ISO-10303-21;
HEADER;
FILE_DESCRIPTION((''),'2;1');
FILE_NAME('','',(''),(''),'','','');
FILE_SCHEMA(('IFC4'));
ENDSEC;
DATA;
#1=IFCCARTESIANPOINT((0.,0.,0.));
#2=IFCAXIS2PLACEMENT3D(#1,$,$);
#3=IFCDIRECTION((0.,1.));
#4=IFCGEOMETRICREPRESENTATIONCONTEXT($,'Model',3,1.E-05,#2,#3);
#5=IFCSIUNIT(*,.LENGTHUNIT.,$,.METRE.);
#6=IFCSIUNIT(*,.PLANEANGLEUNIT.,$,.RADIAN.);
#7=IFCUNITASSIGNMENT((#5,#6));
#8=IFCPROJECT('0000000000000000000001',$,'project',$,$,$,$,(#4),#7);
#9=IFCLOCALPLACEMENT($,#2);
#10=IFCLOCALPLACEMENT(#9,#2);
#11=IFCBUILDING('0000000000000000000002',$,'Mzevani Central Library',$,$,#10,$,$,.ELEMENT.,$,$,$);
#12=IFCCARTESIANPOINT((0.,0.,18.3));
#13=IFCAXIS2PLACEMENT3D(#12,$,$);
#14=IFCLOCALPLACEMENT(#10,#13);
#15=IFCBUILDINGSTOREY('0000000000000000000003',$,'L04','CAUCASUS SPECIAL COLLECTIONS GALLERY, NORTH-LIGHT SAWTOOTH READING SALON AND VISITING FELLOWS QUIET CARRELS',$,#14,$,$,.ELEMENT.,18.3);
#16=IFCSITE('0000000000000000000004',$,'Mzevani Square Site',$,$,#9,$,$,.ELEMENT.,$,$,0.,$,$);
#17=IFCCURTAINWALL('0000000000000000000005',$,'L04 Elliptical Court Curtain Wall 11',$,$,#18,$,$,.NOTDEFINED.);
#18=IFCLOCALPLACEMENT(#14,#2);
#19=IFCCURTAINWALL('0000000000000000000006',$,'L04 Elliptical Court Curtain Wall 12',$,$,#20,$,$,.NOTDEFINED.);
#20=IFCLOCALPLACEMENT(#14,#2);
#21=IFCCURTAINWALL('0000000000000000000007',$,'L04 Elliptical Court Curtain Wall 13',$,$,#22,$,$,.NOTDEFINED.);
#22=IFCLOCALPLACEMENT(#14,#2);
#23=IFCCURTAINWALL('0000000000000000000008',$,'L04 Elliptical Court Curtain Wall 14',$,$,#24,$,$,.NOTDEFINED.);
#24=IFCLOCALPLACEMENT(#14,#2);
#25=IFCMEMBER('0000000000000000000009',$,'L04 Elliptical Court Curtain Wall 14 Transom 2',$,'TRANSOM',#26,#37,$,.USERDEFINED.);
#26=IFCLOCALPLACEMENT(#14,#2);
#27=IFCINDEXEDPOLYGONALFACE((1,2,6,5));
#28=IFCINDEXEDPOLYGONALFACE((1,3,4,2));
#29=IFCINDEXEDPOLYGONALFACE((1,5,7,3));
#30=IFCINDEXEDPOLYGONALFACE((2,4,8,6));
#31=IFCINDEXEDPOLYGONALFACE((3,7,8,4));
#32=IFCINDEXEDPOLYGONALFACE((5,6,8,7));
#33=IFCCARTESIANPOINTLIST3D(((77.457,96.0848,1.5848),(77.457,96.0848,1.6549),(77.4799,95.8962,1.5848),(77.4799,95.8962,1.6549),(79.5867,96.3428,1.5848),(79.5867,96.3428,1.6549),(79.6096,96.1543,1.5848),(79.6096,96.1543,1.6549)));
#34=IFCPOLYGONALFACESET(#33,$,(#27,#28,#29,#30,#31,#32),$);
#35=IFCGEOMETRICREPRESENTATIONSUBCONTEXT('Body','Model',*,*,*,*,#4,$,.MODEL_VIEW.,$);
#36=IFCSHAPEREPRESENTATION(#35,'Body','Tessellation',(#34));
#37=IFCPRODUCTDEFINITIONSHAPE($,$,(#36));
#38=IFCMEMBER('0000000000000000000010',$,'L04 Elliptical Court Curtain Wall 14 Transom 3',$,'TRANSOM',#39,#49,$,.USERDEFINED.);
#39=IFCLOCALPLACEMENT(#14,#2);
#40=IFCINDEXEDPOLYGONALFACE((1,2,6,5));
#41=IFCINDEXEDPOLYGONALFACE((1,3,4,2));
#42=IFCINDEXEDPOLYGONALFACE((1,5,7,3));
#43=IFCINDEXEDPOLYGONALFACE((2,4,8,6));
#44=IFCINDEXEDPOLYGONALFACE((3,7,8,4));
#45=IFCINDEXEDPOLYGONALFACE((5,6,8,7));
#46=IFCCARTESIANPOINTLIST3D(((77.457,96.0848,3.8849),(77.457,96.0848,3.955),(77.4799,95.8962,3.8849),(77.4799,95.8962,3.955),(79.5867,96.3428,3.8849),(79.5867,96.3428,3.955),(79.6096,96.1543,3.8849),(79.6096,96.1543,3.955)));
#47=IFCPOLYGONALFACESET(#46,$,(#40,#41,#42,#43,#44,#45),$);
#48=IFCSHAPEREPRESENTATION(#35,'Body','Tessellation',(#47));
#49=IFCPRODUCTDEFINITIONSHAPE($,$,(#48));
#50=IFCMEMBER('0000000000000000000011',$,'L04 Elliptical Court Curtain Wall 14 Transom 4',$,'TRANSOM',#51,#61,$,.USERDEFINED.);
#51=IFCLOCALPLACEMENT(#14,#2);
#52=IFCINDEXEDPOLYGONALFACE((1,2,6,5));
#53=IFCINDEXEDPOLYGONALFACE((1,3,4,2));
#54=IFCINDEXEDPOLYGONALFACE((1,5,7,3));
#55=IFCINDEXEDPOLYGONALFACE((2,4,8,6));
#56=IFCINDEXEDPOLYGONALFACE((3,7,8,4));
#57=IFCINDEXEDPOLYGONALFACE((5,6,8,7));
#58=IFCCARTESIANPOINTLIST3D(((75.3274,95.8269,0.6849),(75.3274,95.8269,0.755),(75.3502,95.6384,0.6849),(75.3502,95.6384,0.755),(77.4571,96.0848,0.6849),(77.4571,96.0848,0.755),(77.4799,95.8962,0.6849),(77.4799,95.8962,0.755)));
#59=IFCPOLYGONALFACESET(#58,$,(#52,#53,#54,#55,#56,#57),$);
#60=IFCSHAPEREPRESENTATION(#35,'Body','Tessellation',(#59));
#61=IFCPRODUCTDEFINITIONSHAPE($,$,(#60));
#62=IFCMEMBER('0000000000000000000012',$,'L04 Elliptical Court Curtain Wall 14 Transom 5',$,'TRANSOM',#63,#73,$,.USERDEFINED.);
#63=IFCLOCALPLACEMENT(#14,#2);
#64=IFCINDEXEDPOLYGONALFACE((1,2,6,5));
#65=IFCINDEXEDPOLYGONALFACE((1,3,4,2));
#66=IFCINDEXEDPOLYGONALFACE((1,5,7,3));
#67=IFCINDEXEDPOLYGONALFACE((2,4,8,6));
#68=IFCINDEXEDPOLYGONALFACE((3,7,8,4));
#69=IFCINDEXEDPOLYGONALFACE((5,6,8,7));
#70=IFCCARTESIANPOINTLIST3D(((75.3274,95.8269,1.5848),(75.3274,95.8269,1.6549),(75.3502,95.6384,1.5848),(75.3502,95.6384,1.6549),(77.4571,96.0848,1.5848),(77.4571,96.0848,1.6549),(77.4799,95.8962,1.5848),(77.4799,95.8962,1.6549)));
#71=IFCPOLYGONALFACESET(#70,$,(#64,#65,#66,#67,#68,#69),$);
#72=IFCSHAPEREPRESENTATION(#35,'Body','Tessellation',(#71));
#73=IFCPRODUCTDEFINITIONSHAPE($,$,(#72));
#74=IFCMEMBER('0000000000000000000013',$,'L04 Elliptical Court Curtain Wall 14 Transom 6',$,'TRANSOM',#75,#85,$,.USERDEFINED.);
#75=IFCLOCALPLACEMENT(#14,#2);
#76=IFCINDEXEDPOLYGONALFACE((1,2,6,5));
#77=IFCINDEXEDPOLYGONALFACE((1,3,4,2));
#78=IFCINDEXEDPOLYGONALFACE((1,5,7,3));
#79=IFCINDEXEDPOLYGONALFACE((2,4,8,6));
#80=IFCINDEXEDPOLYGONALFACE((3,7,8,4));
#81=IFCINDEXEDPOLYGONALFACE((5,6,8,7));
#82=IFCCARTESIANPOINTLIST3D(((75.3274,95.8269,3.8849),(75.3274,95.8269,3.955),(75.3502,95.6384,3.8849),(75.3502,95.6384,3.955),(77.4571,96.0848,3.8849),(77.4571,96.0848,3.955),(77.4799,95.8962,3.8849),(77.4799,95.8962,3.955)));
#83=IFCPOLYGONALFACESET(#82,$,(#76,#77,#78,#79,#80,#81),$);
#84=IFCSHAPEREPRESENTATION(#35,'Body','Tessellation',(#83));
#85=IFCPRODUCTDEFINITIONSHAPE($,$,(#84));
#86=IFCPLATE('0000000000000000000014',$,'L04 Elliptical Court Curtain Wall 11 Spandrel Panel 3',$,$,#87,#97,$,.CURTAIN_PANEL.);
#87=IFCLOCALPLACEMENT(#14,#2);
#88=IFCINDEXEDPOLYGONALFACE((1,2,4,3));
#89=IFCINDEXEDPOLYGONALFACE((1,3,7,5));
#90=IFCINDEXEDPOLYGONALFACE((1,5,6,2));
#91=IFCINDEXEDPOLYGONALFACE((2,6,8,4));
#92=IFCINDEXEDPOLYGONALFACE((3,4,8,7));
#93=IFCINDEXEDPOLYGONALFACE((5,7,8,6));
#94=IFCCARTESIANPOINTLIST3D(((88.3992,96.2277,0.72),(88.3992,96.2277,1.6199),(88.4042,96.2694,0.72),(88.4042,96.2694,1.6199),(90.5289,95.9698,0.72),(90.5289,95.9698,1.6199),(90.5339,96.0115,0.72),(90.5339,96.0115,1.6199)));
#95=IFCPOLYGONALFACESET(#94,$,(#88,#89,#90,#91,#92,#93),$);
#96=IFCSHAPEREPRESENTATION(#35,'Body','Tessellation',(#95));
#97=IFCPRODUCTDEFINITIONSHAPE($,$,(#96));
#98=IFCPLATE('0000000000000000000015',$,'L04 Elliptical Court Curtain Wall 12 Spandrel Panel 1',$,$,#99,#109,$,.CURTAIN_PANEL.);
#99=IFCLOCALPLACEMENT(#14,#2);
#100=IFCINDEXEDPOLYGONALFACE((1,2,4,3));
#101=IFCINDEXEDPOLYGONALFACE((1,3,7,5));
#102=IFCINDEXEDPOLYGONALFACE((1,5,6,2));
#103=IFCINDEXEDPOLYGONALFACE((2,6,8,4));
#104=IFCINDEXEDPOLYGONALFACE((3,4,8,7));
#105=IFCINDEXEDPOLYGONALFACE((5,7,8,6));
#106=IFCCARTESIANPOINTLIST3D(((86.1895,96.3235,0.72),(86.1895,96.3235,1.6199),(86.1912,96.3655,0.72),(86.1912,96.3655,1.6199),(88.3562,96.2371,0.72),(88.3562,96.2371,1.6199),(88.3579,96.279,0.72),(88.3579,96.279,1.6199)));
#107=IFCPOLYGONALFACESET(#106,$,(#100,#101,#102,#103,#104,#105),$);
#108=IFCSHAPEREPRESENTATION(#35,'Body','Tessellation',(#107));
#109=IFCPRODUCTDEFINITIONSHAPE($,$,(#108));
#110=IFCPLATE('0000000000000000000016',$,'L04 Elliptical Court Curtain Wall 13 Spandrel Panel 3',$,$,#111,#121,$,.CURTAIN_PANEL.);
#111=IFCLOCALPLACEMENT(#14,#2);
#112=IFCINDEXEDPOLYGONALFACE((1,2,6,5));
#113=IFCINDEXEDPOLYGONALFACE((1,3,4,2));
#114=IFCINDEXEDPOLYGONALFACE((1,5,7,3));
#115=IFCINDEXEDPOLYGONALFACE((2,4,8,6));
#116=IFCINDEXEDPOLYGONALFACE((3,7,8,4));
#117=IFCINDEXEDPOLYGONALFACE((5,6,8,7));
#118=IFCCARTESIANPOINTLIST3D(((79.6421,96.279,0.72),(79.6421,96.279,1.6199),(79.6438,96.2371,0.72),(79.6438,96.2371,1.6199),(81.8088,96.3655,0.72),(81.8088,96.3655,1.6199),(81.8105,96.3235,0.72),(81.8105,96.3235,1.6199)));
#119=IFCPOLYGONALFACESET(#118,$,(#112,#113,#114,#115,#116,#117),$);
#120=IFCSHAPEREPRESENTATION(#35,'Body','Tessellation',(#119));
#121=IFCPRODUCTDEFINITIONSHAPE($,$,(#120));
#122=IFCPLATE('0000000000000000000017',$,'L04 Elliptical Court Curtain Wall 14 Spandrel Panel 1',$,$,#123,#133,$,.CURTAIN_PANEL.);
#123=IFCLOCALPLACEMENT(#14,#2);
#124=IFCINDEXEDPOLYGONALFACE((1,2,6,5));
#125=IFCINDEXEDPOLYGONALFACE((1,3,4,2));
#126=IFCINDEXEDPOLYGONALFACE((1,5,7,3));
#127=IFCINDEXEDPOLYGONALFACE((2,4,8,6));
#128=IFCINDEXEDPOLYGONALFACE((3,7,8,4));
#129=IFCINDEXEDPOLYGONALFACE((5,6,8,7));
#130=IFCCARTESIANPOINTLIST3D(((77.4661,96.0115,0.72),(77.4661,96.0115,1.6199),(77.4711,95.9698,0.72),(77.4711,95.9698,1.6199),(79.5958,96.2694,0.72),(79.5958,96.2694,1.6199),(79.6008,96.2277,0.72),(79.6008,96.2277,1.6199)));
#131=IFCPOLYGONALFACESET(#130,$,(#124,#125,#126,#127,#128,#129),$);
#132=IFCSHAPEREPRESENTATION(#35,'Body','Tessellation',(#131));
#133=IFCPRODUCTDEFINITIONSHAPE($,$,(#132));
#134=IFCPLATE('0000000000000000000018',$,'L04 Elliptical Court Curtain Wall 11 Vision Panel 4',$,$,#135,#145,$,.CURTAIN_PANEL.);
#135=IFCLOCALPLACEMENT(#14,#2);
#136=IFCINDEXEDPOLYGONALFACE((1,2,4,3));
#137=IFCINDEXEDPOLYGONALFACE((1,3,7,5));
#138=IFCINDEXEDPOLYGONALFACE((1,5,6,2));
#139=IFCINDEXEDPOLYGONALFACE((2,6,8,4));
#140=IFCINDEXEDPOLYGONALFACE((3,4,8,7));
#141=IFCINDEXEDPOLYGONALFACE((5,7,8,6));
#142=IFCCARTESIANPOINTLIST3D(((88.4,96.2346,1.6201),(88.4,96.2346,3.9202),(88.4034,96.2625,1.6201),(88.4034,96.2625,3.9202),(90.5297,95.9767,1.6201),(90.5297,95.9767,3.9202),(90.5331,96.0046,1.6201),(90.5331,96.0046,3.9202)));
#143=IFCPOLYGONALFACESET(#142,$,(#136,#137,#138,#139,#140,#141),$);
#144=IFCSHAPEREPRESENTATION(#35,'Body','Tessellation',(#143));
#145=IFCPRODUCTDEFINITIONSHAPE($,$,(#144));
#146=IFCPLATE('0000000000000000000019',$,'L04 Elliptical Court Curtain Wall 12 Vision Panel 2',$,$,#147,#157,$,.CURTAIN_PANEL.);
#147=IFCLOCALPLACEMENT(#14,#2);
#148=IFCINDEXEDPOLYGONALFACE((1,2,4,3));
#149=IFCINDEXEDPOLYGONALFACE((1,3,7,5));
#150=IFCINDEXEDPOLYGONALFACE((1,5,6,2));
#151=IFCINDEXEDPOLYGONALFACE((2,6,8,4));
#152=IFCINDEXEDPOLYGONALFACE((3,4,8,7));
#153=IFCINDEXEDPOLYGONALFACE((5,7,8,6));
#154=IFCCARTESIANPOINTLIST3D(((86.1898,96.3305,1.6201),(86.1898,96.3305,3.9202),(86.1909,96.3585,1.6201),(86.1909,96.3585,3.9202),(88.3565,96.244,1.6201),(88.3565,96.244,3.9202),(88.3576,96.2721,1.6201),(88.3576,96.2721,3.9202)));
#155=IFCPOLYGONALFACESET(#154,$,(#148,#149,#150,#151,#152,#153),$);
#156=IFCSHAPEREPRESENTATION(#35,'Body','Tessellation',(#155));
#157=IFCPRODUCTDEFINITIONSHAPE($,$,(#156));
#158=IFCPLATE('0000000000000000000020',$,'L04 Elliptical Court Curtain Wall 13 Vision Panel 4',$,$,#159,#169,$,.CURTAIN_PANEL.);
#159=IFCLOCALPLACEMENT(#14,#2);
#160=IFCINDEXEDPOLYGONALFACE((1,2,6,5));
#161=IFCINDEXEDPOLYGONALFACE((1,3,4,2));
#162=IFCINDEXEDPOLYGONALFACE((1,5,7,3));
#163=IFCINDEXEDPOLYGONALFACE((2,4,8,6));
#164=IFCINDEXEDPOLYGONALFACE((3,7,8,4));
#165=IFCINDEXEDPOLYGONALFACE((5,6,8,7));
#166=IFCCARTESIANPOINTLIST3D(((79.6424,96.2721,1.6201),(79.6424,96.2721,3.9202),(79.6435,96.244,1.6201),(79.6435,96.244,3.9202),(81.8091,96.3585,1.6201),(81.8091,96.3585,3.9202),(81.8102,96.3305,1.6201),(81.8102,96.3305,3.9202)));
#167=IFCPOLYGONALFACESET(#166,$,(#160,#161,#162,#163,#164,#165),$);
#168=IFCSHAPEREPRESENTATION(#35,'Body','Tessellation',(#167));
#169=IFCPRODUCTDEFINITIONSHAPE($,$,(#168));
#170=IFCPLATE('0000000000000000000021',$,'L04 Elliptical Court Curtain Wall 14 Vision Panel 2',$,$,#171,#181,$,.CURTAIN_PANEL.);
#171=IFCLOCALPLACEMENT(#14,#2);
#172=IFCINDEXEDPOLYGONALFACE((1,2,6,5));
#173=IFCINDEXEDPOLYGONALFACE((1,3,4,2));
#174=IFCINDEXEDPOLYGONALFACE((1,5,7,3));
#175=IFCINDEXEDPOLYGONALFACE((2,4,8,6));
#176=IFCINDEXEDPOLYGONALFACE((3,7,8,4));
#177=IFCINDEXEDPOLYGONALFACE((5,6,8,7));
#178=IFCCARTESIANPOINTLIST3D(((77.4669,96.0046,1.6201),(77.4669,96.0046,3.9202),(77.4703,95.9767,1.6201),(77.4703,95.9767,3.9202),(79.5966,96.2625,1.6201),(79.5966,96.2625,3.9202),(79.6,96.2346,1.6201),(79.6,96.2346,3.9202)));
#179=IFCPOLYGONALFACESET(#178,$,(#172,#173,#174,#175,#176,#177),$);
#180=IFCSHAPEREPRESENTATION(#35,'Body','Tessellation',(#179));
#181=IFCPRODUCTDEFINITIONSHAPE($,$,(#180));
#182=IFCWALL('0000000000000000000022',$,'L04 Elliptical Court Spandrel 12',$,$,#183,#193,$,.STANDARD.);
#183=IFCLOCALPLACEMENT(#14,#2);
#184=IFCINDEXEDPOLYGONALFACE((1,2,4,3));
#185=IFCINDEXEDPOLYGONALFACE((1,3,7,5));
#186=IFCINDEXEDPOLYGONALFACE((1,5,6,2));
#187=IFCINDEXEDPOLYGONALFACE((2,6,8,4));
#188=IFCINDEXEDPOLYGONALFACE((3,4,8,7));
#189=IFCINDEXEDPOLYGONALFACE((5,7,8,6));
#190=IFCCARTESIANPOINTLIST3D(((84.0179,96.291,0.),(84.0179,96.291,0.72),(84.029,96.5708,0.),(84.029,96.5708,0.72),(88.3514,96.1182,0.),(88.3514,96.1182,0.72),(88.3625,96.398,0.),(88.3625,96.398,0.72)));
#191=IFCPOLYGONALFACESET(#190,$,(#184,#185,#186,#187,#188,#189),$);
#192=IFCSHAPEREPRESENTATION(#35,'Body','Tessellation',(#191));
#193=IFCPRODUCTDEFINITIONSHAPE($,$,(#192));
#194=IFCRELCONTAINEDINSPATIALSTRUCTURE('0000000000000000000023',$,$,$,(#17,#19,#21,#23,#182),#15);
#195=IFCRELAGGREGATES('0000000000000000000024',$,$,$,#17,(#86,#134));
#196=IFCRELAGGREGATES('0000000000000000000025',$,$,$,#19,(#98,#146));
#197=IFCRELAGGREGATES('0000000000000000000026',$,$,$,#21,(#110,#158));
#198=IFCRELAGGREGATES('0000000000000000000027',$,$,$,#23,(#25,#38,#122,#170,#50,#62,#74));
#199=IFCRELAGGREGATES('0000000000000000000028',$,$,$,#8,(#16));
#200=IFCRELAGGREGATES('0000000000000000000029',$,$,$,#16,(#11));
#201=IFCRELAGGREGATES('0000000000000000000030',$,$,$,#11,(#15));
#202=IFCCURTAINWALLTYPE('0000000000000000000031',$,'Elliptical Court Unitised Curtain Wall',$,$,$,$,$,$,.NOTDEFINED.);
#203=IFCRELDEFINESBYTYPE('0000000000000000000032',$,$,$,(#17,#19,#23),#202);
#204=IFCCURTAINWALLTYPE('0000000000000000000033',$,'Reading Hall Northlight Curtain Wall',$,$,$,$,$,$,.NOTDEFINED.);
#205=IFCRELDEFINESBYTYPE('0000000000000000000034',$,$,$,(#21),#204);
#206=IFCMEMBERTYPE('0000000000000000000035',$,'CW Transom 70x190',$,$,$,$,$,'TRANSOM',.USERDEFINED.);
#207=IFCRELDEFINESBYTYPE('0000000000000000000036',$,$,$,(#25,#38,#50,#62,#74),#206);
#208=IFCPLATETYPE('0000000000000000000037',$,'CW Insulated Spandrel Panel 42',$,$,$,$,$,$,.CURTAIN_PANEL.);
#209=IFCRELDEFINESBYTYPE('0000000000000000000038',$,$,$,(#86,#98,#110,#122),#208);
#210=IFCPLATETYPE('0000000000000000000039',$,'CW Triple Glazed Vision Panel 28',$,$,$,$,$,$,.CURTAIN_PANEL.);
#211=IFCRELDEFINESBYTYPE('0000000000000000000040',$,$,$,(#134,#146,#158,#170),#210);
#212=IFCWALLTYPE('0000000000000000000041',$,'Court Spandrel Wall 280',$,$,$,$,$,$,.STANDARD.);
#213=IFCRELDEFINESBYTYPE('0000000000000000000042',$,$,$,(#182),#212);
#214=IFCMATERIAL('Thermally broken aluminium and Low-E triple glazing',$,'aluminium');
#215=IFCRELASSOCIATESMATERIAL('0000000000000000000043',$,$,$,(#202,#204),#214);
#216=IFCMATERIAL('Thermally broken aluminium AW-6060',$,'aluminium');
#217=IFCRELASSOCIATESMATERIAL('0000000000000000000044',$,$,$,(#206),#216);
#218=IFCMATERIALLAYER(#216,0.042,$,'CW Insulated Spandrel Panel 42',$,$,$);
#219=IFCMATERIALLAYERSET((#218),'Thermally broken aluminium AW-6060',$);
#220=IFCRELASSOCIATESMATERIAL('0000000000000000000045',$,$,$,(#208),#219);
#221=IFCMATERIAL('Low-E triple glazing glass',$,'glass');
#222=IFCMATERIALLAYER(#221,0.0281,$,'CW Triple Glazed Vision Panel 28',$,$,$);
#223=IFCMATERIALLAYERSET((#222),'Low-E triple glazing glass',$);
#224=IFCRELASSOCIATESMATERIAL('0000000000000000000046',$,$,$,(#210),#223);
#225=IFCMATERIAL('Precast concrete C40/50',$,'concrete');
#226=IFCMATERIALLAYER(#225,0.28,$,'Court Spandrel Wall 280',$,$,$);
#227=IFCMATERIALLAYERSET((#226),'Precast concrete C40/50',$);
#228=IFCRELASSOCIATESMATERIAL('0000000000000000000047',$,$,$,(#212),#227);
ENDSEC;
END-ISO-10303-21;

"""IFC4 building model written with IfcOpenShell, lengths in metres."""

from ifc_helpers import new_model, si_unit, direction, frame, frame_2d, origin, origin_2d, place, context, subcontext, project, spatial, rectangle, extrude, material, layer, layer_set, material_profile, profile_set, type_object, element, aggregate, save


model = new_model("IFC4")

# Units and contexts
model_context = context("Model", 3, precision=1e-05, world=origin(), true_north=direction((0.0, 1.0)))
body_context = subcontext(model_context, "Body", "Model", "MODEL_VIEW")
ifc_project = project(units=[si_unit("LENGTHUNIT", "METRE"), si_unit("PLANEANGLEUNIT", "RADIAN")], contexts=[model_context])

# Site, building, storey
site_placement = place(None, origin())
site = spatial("IfcSite", under=ifc_project, at=site_placement, Name="Mzevani Square Site", CompositionType="ELEMENT", RefElevation=0.0)
building_placement = place(site_placement, origin())
building = spatial("IfcBuilding", under=site, at=building_placement, Name="Mzevani Central Library", CompositionType="ELEMENT")
storey_placement = place(building_placement, frame((0.0, 0.0, 18.3)))
storey = spatial("IfcBuildingStorey", under=building, at=storey_placement, Name="L04", Description="CAUCASUS SPECIAL COLLECTIONS GALLERY, NORTH-LIGHT SAWTOOTH READING SALON AND VISITING FELLOWS QUIET CARRELS", CompositionType="ELEMENT", Elevation=18.3)

# Curtain wall
ifc_material_1 = material(Name="Thermally broken aluminium and Low-E triple glazing", Category="aluminium")
curtain_wall_type_1 = type_object("IfcCurtainWallType", Name="Elliptical Court Unitised Curtain Wall", PredefinedType="NOTDEFINED", material=ifc_material_1)
curtain_wall_1_placement = place(storey_placement, origin())
curtain_wall_1 = element("IfcCurtainWall", 1, at=curtain_wall_1_placement, inside=storey, type_object=curtain_wall_type_1, Name="L04 Elliptical Court Curtain Wall 11", PredefinedType="NOTDEFINED")
ifc_material_2 = material(Name="Thermally broken aluminium AW-6060", Category="aluminium")

# Curtain walls
curtain_wall_2_placement = place(storey_placement, origin())
curtain_wall_2 = element("IfcCurtainWall", 2, at=curtain_wall_2_placement, inside=storey, type_object=curtain_wall_type_1, Name="L04 Elliptical Court Curtain Wall 12", PredefinedType="NOTDEFINED")
curtain_wall_type_2 = type_object("IfcCurtainWallType", Name="Reading Hall Northlight Curtain Wall", PredefinedType="NOTDEFINED", material=ifc_material_1)
curtain_wall_3_placement = place(storey_placement, origin())
curtain_wall_3 = element("IfcCurtainWall", 3, at=curtain_wall_3_placement, inside=storey, type_object=curtain_wall_type_2, Name="L04 Elliptical Court Curtain Wall 13", PredefinedType="NOTDEFINED")

# Curtain wall
curtain_wall_4_placement = place(storey_placement, origin())
curtain_wall_4 = element("IfcCurtainWall", 4, at=curtain_wall_4_placement, inside=storey, type_object=curtain_wall_type_1, Name="L04 Elliptical Court Curtain Wall 14", PredefinedType="NOTDEFINED")

# Members
ifc_material_profile_1 = material_profile(ifc_material_2, rectangle(XDim=0.1899, YDim=0.0701, at=origin_2d()), Name="ALU T70x190")
ifc_profile_set_1 = profile_set([ifc_material_profile_1], Name="Thermally broken aluminium AW-6060")
member_type_1 = type_object("IfcMemberType", Name="CW Transom 70x190", ElementType="TRANSOM", PredefinedType="USERDEFINED", material=ifc_profile_set_1)
member_1_placement = place(storey_placement, frame((79.5981, 96.2485, 1.6199), z_axis=(-0.992738, -0.120294, 0.0), x_axis=(0.120294, -0.992738, 0.0)))
member_1 = element("IfcMember", 5, at=member_1_placement, type_object=member_type_1, Name="L04 Elliptical Court Curtain Wall 14 Transom 2", ObjectType="TRANSOM", PredefinedType="USERDEFINED", context=body_context, shape_type="SweptSolid", body=[
    extrude(rectangle(XDim=0.1899, YDim=0.0701, at=origin_2d()), origin(), (0.0, 0.0, 1.0), 2.1453),
])
member_2_placement = place(storey_placement, frame((79.5981, 96.2485, 3.9199), z_axis=(-0.992738, -0.120294, 0.0), x_axis=(0.120294, -0.992738, 0.0)))
member_2 = element("IfcMember", 6, at=member_2_placement, type_object=member_type_1, Name="L04 Elliptical Court Curtain Wall 14 Transom 3", ObjectType="TRANSOM", PredefinedType="USERDEFINED", context=body_context, shape_type="SweptSolid", body=[
    extrude(rectangle(XDim=0.1899, YDim=0.0701, at=origin_2d()), origin(), (0.0, 0.0, 1.0), 2.1453),
])
member_3_placement = place(storey_placement, frame((77.4685, 95.9905, 0.72), z_axis=(-0.992752, -0.120182, 0.0), x_axis=(0.120182, -0.992752, 0.0)))
member_3 = element("IfcMember", 7, at=member_3_placement, type_object=member_type_1, Name="L04 Elliptical Court Curtain Wall 14 Transom 4", ObjectType="TRANSOM", PredefinedType="USERDEFINED", context=body_context, shape_type="SweptSolid", body=[
    extrude(rectangle(XDim=0.1899, YDim=0.0701, at=origin_2d()), origin(), (0.0, 0.0, 1.0), 2.1453),
])
member_4_placement = place(storey_placement, frame((77.4685, 95.9905, 1.6199), z_axis=(-0.992752, -0.120182, 0.0), x_axis=(0.120182, -0.992752, 0.0)))
member_4 = element("IfcMember", 8, at=member_4_placement, type_object=member_type_1, Name="L04 Elliptical Court Curtain Wall 14 Transom 5", ObjectType="TRANSOM", PredefinedType="USERDEFINED", context=body_context, shape_type="SweptSolid", body=[
    extrude(rectangle(XDim=0.1899, YDim=0.0701, at=origin_2d()), origin(), (0.0, 0.0, 1.0), 2.1453),
])
member_5_placement = place(storey_placement, frame((77.4685, 95.9905, 3.9199), z_axis=(-0.992752, -0.120182, 0.0), x_axis=(0.120182, -0.992752, 0.0)))
member_5 = element("IfcMember", 9, at=member_5_placement, type_object=member_type_1, Name="L04 Elliptical Court Curtain Wall 14 Transom 6", ObjectType="TRANSOM", PredefinedType="USERDEFINED", context=body_context, shape_type="SweptSolid", body=[
    extrude(rectangle(XDim=0.1899, YDim=0.0701, at=origin_2d()), origin(), (0.0, 0.0, 1.0), 2.1453),
])

# Plates
ifc_layer_1 = layer(ifc_material_2, 0.042, Name="CW Insulated Spandrel Panel 42")
ifc_layer_set_1 = layer_set([ifc_layer_1], Name="Thermally broken aluminium AW-6060")
plate_type_1 = type_object("IfcPlateType", Name="CW Insulated Spandrel Panel 42", PredefinedType="CURTAIN_PANEL", material=ifc_layer_set_1)
plate_1_placement = place(storey_placement, frame((89.4666, 96.1196, 0.72), z_axis=(0.0, 0.0, 1.0), x_axis=(-0.992747, 0.120222, 0.0)))
plate_1 = element("IfcPlate", 10, at=plate_1_placement, type_object=plate_type_1, Name="L04 Elliptical Court Curtain Wall 11 Spandrel Panel 3", PredefinedType="CURTAIN_PANEL", context=body_context, shape_type="SweptSolid", body=[
    extrude(rectangle(XDim=2.1453, YDim=0.042, at=origin_2d()), origin(), (0.0, 0.0, 1.0), 0.8999),
])
plate_2_placement = place(storey_placement, frame((87.2737, 96.3013, 0.72), z_axis=(0.0, 0.0, 1.0), x_axis=(-0.999205, 0.039867, 0.0)))
plate_2 = element("IfcPlate", 11, at=plate_2_placement, type_object=plate_type_1, Name="L04 Elliptical Court Curtain Wall 12 Spandrel Panel 1", PredefinedType="CURTAIN_PANEL", context=body_context, shape_type="SweptSolid", body=[
    extrude(rectangle(XDim=2.1685, YDim=0.042, at=origin_2d()), origin(), (0.0, 0.0, 1.0), 0.8999),
])
plate_3_placement = place(storey_placement, frame((80.7263, 96.3013, 0.72), z_axis=(0.0, 0.0, 1.0), x_axis=(-0.999205, -0.039867, 0.0)))
plate_3 = element("IfcPlate", 12, at=plate_3_placement, type_object=plate_type_1, Name="L04 Elliptical Court Curtain Wall 13 Spandrel Panel 3", PredefinedType="CURTAIN_PANEL", context=body_context, shape_type="SweptSolid", body=[
    extrude(rectangle(XDim=2.1685, YDim=0.042, at=origin_2d()), origin(), (0.0, 0.0, 1.0), 0.8999),
])
plate_4_placement = place(storey_placement, frame((78.5334, 96.1196, 0.72), z_axis=(0.0, 0.0, 1.0), x_axis=(-0.992747, -0.120222, 0.0)))
plate_4 = element("IfcPlate", 13, at=plate_4_placement, type_object=plate_type_1, Name="L04 Elliptical Court Curtain Wall 14 Spandrel Panel 1", PredefinedType="CURTAIN_PANEL", context=body_context, shape_type="SweptSolid", body=[
    extrude(rectangle(XDim=2.1453, YDim=0.042, at=origin_2d()), origin(), (0.0, 0.0, 1.0), 0.8999),
])
ifc_material_3 = material(Name="Low-E triple glazing glass", Category="glass")
ifc_layer_2 = layer(ifc_material_3, 0.0281, Name="CW Triple Glazed Vision Panel 28")
ifc_layer_set_2 = layer_set([ifc_layer_2], Name="Low-E triple glazing glass")
plate_type_2 = type_object("IfcPlateType", Name="CW Triple Glazed Vision Panel 28", PredefinedType="CURTAIN_PANEL", material=ifc_layer_set_2)
plate_5_placement = place(storey_placement, frame((89.4666, 96.1196, 1.6201), z_axis=(0.0, 0.0, 1.0), x_axis=(-0.992747, 0.120222, 0.0)))
plate_5 = element("IfcPlate", 14, at=plate_5_placement, type_object=plate_type_2, Name="L04 Elliptical Court Curtain Wall 11 Vision Panel 4", PredefinedType="CURTAIN_PANEL", context=body_context, shape_type="SweptSolid", body=[
    extrude(rectangle(XDim=2.1453, YDim=0.0281, at=origin_2d()), origin(), (0.0, 0.0, 1.0), 2.3),
])
aggregate(curtain_wall_1, [plate_1, plate_5])
plate_6_placement = place(storey_placement, frame((87.2737, 96.3013, 1.6201), z_axis=(0.0, 0.0, 1.0), x_axis=(-0.999205, 0.039867, 0.0)))
plate_6 = element("IfcPlate", 15, at=plate_6_placement, type_object=plate_type_2, Name="L04 Elliptical Court Curtain Wall 12 Vision Panel 2", PredefinedType="CURTAIN_PANEL", context=body_context, shape_type="SweptSolid", body=[
    extrude(rectangle(XDim=2.1685, YDim=0.0281, at=origin_2d()), origin(), (0.0, 0.0, 1.0), 2.3),
])
aggregate(curtain_wall_2, [plate_2, plate_6])
plate_7_placement = place(storey_placement, frame((80.7263, 96.3013, 1.6201), z_axis=(0.0, 0.0, 1.0), x_axis=(-0.999205, -0.039867, 0.0)))
plate_7 = element("IfcPlate", 16, at=plate_7_placement, type_object=plate_type_2, Name="L04 Elliptical Court Curtain Wall 13 Vision Panel 4", PredefinedType="CURTAIN_PANEL", context=body_context, shape_type="SweptSolid", body=[
    extrude(rectangle(XDim=2.1685, YDim=0.0281, at=origin_2d()), origin(), (0.0, 0.0, 1.0), 2.3),
])
aggregate(curtain_wall_3, [plate_3, plate_7])
plate_8_placement = place(storey_placement, frame((78.5334, 96.1196, 1.6201), z_axis=(0.0, 0.0, 1.0), x_axis=(-0.992747, -0.120222, 0.0)))
plate_8 = element("IfcPlate", 17, at=plate_8_placement, type_object=plate_type_2, Name="L04 Elliptical Court Curtain Wall 14 Vision Panel 2", PredefinedType="CURTAIN_PANEL", context=body_context, shape_type="SweptSolid", body=[
    extrude(rectangle(XDim=2.1453, YDim=0.0281, at=origin_2d()), origin(), (0.0, 0.0, 1.0), 2.3),
])
aggregate(curtain_wall_4, [member_1, member_2, plate_4, plate_8, member_3, member_4, member_5])

# Wall
ifc_material_4 = material(Name="Precast concrete C40/50", Category="concrete")
ifc_layer_3 = layer(ifc_material_4, 0.28, Name="Court Spandrel Wall 280")
ifc_layer_set_3 = layer_set([ifc_layer_3], Name="Precast concrete C40/50")
wall_type = type_object("IfcWallType", Name="Court Spandrel Wall 280", PredefinedType="STANDARD", material=ifc_layer_set_3)
wall_1_placement = place(storey_placement, frame((88.3569, 96.2581, 0.0), z_axis=(0.0, 0.0, 1.0), x_axis=(-0.999205, 0.039856, 0.0)))
element("IfcWall", 18, at=wall_1_placement, inside=storey, type_object=wall_type, Name="L04 Elliptical Court Spandrel 12", PredefinedType="STANDARD", context=body_context, shape_type="SweptSolid", body=[
    extrude(rectangle(XDim=4.3369, YDim=0.28, at=frame_2d((2.1685, 0.0))), origin(), (0.0, 0.0, 1.0), 0.72),
])

save(model, "model.ifc")
